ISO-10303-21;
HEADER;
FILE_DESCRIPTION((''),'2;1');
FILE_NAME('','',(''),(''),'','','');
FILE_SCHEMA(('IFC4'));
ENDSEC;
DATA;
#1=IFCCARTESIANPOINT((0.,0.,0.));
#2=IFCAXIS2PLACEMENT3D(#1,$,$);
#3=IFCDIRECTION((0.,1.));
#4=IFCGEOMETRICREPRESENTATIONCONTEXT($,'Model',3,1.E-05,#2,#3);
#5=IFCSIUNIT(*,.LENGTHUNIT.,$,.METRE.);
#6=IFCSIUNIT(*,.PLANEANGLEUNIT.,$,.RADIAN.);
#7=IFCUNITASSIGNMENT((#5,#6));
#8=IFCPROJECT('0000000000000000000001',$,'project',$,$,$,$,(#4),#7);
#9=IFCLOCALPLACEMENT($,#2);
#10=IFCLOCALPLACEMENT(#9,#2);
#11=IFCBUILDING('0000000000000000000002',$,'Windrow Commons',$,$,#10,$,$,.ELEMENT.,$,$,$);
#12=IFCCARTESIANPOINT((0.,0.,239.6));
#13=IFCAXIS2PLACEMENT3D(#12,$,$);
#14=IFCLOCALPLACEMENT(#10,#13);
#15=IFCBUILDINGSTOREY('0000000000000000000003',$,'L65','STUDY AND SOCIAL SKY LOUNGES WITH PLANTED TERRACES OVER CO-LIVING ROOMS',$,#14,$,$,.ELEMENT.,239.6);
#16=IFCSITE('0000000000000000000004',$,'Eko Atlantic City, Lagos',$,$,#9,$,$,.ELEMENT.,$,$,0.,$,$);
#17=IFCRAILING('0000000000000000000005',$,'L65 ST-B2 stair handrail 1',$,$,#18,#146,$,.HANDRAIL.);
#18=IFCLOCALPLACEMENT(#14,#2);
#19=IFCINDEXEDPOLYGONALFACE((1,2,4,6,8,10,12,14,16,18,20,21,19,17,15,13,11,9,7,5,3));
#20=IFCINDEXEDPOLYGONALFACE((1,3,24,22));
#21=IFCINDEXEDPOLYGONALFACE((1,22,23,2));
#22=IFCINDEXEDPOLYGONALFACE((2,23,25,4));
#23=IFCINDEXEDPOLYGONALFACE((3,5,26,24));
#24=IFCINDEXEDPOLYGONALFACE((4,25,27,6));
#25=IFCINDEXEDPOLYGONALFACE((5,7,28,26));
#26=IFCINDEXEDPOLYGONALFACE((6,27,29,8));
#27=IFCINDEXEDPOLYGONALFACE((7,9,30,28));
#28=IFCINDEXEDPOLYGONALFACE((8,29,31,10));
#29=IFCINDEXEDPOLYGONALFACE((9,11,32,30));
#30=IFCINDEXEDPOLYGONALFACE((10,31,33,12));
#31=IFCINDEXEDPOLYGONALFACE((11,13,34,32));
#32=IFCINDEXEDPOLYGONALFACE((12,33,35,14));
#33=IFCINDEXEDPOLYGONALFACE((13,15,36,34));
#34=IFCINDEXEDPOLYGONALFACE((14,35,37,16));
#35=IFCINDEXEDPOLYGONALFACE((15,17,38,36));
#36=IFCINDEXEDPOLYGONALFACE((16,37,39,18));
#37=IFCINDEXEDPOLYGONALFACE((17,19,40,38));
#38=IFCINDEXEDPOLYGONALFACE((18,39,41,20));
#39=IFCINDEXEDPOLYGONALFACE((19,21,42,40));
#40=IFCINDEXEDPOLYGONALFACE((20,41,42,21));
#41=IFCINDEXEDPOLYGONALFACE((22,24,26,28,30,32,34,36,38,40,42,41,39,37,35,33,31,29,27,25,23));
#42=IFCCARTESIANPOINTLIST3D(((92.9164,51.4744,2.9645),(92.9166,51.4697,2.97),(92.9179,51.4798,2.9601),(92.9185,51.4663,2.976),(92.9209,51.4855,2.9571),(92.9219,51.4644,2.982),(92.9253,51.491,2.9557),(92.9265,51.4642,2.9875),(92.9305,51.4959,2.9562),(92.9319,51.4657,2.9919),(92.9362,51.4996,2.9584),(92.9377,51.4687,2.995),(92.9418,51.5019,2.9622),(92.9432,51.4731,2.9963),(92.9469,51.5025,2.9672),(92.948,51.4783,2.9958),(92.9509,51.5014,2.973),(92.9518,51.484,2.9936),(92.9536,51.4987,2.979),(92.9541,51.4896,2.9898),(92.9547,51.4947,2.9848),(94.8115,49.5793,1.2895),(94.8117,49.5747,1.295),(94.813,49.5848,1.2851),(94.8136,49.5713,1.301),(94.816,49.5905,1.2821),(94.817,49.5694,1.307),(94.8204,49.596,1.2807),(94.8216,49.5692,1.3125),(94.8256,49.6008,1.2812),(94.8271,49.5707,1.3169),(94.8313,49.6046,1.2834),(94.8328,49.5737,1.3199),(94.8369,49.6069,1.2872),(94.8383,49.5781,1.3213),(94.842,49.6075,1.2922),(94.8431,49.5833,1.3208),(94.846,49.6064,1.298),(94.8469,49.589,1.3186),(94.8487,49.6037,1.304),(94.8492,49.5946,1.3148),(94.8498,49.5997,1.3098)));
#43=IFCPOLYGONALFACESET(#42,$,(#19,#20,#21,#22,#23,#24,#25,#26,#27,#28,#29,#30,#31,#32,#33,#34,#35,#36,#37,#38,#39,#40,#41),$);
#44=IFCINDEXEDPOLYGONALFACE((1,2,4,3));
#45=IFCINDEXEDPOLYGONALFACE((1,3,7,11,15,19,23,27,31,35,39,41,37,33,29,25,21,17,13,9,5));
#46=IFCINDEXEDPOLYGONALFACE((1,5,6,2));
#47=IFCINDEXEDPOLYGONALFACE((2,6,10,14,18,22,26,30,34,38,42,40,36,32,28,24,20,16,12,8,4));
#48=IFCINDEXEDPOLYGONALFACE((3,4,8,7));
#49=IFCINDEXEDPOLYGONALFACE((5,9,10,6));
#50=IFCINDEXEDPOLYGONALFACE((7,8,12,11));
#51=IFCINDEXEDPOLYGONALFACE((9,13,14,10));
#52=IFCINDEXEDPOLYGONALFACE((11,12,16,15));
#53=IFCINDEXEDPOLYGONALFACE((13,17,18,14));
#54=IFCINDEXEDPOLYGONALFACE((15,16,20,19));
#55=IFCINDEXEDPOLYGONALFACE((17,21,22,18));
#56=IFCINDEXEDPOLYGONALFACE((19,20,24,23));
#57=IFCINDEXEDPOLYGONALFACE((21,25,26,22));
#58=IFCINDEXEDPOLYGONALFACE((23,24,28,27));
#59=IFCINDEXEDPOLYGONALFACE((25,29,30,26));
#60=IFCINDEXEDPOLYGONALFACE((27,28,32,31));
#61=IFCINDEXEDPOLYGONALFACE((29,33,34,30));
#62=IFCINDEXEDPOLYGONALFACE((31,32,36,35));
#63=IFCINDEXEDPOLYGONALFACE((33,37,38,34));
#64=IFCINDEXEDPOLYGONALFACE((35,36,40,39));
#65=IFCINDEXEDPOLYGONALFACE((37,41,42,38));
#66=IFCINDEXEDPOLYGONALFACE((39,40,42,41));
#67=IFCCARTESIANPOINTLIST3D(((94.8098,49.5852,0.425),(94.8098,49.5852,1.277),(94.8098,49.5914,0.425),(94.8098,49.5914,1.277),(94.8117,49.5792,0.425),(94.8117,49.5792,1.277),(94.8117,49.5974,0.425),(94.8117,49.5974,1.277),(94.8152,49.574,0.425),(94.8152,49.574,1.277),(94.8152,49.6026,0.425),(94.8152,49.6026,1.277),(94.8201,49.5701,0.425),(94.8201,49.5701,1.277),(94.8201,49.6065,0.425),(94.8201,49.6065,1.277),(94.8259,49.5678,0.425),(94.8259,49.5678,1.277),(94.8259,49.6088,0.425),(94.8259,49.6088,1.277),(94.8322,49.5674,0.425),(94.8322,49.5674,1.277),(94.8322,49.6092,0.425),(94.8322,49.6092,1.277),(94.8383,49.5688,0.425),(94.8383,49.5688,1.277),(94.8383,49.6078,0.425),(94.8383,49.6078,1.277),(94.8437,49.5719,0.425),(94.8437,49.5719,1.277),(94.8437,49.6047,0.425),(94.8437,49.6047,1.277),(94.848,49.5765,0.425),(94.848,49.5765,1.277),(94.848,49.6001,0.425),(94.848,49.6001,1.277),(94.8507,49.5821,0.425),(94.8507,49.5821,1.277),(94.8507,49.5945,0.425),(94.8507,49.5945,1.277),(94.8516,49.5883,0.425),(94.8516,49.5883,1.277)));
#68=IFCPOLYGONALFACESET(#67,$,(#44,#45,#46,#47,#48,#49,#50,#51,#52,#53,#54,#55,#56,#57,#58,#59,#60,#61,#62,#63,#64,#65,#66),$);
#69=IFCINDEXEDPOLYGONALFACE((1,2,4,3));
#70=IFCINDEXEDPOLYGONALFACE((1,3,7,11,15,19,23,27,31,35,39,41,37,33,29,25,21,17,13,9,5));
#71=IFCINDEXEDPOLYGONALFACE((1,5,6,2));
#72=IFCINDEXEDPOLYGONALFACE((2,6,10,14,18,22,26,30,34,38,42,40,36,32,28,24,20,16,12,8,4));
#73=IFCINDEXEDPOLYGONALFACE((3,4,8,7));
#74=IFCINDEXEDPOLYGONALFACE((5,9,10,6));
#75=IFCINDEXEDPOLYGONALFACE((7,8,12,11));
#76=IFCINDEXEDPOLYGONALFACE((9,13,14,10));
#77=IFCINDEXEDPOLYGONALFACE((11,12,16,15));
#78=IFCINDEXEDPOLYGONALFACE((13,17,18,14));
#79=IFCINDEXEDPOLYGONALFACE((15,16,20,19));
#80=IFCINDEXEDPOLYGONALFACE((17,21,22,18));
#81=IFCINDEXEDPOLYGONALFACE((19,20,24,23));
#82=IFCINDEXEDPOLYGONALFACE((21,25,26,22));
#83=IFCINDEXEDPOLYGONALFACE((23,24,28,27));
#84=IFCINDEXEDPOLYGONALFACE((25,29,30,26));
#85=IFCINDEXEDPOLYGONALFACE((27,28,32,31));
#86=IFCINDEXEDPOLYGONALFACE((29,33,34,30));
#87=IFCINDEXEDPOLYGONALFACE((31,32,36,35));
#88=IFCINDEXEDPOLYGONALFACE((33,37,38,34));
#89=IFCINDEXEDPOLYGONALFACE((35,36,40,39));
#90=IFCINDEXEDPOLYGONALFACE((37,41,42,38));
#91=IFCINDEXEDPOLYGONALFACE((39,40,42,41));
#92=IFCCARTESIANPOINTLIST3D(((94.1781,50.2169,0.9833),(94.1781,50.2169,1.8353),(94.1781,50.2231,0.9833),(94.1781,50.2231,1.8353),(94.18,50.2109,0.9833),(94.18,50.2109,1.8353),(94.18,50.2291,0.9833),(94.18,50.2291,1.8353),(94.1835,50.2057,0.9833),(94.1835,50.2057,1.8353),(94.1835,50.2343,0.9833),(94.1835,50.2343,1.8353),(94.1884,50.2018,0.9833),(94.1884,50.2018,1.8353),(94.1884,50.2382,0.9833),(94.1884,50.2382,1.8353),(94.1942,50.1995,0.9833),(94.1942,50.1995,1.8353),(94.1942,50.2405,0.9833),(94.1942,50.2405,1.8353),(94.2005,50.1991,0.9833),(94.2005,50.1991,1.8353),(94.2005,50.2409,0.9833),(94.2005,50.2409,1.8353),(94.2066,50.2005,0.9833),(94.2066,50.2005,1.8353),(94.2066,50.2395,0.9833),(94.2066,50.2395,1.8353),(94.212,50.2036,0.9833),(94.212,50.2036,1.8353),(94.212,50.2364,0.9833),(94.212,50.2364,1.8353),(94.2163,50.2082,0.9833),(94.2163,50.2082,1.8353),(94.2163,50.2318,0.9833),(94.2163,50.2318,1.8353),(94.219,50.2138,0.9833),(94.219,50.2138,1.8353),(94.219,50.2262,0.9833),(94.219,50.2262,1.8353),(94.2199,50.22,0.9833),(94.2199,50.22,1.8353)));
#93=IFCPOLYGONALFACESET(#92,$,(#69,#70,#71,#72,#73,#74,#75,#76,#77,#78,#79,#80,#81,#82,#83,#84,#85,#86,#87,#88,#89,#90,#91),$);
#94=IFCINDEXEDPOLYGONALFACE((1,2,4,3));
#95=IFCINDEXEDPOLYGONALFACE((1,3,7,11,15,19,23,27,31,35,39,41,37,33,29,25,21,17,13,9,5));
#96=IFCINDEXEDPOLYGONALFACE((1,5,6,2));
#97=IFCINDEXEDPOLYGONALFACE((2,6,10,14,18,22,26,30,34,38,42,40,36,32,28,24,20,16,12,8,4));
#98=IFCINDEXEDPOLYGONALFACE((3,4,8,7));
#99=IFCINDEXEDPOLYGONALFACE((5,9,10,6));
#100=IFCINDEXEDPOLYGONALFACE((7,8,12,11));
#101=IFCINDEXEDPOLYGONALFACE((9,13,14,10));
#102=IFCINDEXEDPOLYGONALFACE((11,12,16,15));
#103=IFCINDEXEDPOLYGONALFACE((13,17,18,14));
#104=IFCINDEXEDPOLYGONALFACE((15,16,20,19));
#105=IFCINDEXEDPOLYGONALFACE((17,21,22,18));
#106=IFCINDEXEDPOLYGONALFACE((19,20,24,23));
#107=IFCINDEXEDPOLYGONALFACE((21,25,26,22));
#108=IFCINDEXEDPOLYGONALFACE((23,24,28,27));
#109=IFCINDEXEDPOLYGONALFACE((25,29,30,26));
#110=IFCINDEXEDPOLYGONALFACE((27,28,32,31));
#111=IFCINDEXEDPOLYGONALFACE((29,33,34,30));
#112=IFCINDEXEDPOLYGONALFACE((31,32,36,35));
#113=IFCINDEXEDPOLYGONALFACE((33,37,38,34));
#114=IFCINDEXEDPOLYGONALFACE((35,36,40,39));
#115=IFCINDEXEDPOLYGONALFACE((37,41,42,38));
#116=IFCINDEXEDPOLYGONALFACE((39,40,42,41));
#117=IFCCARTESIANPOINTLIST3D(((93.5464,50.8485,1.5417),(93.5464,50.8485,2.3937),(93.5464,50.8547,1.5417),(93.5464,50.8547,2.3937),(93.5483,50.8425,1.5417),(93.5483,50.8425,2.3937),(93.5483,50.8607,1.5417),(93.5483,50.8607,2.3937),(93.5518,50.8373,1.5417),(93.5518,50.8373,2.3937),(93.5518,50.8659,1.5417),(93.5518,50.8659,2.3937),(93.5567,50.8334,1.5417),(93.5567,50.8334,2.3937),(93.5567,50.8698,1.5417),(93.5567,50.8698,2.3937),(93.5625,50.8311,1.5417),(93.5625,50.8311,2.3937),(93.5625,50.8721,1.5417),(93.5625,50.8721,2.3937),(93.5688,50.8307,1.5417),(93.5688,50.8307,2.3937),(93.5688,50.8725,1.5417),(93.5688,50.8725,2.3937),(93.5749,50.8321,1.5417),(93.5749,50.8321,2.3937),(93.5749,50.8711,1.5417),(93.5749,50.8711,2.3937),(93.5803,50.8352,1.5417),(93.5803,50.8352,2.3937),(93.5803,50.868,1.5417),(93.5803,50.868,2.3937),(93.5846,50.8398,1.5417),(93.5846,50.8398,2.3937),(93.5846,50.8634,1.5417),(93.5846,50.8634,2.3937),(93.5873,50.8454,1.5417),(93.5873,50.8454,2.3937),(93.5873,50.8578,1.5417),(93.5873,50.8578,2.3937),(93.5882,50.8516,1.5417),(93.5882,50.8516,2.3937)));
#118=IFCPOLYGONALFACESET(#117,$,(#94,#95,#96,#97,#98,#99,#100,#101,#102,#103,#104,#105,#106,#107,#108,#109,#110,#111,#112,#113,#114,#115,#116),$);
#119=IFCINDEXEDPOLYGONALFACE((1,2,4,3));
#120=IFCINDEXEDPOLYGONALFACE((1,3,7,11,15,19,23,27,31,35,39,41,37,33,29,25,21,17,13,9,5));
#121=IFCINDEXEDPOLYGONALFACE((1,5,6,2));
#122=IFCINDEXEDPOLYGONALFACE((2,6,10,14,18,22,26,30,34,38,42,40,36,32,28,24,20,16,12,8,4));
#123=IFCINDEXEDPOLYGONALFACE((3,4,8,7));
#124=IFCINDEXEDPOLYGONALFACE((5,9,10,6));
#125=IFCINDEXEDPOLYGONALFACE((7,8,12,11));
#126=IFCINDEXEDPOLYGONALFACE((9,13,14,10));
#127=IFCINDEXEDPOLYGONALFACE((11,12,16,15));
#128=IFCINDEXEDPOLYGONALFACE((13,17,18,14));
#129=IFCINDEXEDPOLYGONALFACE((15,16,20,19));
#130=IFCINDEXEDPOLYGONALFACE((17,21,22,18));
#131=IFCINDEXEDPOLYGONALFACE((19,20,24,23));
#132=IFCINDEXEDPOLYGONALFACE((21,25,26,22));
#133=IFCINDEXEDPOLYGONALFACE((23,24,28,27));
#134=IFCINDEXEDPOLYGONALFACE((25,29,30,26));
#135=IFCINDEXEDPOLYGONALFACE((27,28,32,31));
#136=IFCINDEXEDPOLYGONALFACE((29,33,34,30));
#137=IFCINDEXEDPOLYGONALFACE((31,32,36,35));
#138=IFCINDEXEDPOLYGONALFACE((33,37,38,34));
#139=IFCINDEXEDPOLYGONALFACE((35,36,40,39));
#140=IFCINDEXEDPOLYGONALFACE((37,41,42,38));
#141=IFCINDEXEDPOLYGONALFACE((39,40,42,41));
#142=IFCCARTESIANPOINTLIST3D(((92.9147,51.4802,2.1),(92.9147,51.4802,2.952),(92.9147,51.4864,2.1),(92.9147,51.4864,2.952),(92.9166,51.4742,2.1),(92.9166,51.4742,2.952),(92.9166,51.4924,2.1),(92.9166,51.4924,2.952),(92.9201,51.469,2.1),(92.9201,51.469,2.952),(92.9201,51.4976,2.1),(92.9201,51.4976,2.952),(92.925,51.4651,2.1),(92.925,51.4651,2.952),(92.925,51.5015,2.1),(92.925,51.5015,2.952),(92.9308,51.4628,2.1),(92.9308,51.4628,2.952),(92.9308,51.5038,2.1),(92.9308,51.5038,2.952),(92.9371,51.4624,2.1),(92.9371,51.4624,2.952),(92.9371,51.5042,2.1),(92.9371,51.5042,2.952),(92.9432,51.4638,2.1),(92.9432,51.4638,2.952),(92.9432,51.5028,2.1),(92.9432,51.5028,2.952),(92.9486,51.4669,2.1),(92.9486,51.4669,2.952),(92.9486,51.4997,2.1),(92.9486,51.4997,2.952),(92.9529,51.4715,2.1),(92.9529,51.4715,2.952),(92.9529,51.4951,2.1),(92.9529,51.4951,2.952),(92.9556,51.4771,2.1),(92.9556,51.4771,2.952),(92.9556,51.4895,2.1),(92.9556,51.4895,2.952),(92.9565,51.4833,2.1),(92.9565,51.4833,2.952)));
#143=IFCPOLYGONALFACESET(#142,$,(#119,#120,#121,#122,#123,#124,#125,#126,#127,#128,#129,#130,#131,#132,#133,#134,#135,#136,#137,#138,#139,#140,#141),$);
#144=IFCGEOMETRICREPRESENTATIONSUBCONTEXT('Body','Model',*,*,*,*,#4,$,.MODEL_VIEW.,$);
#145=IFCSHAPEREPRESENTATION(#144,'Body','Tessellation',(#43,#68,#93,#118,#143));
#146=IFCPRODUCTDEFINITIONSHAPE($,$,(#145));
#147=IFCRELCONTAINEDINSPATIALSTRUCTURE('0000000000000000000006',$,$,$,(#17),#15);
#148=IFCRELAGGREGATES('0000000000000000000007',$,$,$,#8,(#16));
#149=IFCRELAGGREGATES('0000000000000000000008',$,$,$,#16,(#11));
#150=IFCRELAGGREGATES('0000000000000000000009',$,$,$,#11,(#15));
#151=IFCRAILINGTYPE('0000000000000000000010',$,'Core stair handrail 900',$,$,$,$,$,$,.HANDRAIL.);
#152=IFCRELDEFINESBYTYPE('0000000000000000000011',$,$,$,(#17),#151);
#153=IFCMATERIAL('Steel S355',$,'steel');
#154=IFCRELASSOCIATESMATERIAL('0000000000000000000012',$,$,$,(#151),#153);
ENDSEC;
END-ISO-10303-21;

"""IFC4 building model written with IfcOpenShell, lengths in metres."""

from ifc_helpers import new_model, si_unit, direction, frame, origin, origin_2d, place, context, subcontext, project, spatial, circle, extrude, material, type_object, element, save


model = new_model("IFC4")

# Units and contexts
model_context = context("Model", 3, precision=1e-05, world=origin(), true_north=direction((0.0, 1.0)))
body_context = subcontext(model_context, "Body", "Model", "MODEL_VIEW")
ifc_project = project(units=[si_unit("LENGTHUNIT", "METRE"), si_unit("PLANEANGLEUNIT", "RADIAN")], contexts=[model_context])

# Site, building, storey
site_placement = place(None, origin())
site = spatial("IfcSite", under=ifc_project, at=site_placement, Name="Eko Atlantic City, Lagos", CompositionType="ELEMENT", RefElevation=0.0)
building_placement = place(site_placement, origin())
building = spatial("IfcBuilding", under=site, at=building_placement, Name="Windrow Commons", CompositionType="ELEMENT")
storey_placement = place(building_placement, frame((0.0, 0.0, 239.6)))
storey = spatial("IfcBuildingStorey", under=building, at=storey_placement, Name="L65", Description="STUDY AND SOCIAL SKY LOUNGES WITH PLANTED TERRACES OVER CO-LIVING ROOMS", CompositionType="ELEMENT", Elevation=239.6)

# Railing
ifc_material_1 = material(Name="Steel S355", Category="steel")
railing_type_1 = type_object("IfcRailingType", Name="Core stair handrail 900", PredefinedType="HANDRAIL", material=ifc_material_1)
railing_1_placement = place(storey_placement, frame((94.8306, 49.5883, 0.425)))
element("IfcRailing", 1, at=railing_1_placement, inside=storey, type_object=railing_type_1, Name="L65 ST-B2 stair handrail 1", PredefinedType="HANDRAIL", context=body_context, shape_type="SweptSolid", body=[
    extrude(circle(Radius=0.024, at=origin_2d()), frame((0.0, 0.0, 0.876), z_axis=(-0.599642, 0.59961, 0.529998), x_axis=(-0.707088, -0.707125, 0.0)), (0.0, 0.0, 1.0), 3.1604),
    extrude(circle(Radius=0.021, at=origin_2d()), origin(), (0.0, 0.0, 1.0), 0.852),
    extrude(circle(Radius=0.021, at=origin_2d()), frame((-0.6317, 0.6317, 0.5583)), (0.0, 0.0, 1.0), 0.852),
    extrude(circle(Radius=0.021, at=origin_2d()), frame((-1.2634, 1.2633, 1.1167)), (0.0, 0.0, 1.0), 0.852),
    extrude(circle(Radius=0.021, at=origin_2d()), frame((-1.8951, 1.895, 1.675)), (0.0, 0.0, 1.0), 0.852),
])

save(model, "model.ifc")
